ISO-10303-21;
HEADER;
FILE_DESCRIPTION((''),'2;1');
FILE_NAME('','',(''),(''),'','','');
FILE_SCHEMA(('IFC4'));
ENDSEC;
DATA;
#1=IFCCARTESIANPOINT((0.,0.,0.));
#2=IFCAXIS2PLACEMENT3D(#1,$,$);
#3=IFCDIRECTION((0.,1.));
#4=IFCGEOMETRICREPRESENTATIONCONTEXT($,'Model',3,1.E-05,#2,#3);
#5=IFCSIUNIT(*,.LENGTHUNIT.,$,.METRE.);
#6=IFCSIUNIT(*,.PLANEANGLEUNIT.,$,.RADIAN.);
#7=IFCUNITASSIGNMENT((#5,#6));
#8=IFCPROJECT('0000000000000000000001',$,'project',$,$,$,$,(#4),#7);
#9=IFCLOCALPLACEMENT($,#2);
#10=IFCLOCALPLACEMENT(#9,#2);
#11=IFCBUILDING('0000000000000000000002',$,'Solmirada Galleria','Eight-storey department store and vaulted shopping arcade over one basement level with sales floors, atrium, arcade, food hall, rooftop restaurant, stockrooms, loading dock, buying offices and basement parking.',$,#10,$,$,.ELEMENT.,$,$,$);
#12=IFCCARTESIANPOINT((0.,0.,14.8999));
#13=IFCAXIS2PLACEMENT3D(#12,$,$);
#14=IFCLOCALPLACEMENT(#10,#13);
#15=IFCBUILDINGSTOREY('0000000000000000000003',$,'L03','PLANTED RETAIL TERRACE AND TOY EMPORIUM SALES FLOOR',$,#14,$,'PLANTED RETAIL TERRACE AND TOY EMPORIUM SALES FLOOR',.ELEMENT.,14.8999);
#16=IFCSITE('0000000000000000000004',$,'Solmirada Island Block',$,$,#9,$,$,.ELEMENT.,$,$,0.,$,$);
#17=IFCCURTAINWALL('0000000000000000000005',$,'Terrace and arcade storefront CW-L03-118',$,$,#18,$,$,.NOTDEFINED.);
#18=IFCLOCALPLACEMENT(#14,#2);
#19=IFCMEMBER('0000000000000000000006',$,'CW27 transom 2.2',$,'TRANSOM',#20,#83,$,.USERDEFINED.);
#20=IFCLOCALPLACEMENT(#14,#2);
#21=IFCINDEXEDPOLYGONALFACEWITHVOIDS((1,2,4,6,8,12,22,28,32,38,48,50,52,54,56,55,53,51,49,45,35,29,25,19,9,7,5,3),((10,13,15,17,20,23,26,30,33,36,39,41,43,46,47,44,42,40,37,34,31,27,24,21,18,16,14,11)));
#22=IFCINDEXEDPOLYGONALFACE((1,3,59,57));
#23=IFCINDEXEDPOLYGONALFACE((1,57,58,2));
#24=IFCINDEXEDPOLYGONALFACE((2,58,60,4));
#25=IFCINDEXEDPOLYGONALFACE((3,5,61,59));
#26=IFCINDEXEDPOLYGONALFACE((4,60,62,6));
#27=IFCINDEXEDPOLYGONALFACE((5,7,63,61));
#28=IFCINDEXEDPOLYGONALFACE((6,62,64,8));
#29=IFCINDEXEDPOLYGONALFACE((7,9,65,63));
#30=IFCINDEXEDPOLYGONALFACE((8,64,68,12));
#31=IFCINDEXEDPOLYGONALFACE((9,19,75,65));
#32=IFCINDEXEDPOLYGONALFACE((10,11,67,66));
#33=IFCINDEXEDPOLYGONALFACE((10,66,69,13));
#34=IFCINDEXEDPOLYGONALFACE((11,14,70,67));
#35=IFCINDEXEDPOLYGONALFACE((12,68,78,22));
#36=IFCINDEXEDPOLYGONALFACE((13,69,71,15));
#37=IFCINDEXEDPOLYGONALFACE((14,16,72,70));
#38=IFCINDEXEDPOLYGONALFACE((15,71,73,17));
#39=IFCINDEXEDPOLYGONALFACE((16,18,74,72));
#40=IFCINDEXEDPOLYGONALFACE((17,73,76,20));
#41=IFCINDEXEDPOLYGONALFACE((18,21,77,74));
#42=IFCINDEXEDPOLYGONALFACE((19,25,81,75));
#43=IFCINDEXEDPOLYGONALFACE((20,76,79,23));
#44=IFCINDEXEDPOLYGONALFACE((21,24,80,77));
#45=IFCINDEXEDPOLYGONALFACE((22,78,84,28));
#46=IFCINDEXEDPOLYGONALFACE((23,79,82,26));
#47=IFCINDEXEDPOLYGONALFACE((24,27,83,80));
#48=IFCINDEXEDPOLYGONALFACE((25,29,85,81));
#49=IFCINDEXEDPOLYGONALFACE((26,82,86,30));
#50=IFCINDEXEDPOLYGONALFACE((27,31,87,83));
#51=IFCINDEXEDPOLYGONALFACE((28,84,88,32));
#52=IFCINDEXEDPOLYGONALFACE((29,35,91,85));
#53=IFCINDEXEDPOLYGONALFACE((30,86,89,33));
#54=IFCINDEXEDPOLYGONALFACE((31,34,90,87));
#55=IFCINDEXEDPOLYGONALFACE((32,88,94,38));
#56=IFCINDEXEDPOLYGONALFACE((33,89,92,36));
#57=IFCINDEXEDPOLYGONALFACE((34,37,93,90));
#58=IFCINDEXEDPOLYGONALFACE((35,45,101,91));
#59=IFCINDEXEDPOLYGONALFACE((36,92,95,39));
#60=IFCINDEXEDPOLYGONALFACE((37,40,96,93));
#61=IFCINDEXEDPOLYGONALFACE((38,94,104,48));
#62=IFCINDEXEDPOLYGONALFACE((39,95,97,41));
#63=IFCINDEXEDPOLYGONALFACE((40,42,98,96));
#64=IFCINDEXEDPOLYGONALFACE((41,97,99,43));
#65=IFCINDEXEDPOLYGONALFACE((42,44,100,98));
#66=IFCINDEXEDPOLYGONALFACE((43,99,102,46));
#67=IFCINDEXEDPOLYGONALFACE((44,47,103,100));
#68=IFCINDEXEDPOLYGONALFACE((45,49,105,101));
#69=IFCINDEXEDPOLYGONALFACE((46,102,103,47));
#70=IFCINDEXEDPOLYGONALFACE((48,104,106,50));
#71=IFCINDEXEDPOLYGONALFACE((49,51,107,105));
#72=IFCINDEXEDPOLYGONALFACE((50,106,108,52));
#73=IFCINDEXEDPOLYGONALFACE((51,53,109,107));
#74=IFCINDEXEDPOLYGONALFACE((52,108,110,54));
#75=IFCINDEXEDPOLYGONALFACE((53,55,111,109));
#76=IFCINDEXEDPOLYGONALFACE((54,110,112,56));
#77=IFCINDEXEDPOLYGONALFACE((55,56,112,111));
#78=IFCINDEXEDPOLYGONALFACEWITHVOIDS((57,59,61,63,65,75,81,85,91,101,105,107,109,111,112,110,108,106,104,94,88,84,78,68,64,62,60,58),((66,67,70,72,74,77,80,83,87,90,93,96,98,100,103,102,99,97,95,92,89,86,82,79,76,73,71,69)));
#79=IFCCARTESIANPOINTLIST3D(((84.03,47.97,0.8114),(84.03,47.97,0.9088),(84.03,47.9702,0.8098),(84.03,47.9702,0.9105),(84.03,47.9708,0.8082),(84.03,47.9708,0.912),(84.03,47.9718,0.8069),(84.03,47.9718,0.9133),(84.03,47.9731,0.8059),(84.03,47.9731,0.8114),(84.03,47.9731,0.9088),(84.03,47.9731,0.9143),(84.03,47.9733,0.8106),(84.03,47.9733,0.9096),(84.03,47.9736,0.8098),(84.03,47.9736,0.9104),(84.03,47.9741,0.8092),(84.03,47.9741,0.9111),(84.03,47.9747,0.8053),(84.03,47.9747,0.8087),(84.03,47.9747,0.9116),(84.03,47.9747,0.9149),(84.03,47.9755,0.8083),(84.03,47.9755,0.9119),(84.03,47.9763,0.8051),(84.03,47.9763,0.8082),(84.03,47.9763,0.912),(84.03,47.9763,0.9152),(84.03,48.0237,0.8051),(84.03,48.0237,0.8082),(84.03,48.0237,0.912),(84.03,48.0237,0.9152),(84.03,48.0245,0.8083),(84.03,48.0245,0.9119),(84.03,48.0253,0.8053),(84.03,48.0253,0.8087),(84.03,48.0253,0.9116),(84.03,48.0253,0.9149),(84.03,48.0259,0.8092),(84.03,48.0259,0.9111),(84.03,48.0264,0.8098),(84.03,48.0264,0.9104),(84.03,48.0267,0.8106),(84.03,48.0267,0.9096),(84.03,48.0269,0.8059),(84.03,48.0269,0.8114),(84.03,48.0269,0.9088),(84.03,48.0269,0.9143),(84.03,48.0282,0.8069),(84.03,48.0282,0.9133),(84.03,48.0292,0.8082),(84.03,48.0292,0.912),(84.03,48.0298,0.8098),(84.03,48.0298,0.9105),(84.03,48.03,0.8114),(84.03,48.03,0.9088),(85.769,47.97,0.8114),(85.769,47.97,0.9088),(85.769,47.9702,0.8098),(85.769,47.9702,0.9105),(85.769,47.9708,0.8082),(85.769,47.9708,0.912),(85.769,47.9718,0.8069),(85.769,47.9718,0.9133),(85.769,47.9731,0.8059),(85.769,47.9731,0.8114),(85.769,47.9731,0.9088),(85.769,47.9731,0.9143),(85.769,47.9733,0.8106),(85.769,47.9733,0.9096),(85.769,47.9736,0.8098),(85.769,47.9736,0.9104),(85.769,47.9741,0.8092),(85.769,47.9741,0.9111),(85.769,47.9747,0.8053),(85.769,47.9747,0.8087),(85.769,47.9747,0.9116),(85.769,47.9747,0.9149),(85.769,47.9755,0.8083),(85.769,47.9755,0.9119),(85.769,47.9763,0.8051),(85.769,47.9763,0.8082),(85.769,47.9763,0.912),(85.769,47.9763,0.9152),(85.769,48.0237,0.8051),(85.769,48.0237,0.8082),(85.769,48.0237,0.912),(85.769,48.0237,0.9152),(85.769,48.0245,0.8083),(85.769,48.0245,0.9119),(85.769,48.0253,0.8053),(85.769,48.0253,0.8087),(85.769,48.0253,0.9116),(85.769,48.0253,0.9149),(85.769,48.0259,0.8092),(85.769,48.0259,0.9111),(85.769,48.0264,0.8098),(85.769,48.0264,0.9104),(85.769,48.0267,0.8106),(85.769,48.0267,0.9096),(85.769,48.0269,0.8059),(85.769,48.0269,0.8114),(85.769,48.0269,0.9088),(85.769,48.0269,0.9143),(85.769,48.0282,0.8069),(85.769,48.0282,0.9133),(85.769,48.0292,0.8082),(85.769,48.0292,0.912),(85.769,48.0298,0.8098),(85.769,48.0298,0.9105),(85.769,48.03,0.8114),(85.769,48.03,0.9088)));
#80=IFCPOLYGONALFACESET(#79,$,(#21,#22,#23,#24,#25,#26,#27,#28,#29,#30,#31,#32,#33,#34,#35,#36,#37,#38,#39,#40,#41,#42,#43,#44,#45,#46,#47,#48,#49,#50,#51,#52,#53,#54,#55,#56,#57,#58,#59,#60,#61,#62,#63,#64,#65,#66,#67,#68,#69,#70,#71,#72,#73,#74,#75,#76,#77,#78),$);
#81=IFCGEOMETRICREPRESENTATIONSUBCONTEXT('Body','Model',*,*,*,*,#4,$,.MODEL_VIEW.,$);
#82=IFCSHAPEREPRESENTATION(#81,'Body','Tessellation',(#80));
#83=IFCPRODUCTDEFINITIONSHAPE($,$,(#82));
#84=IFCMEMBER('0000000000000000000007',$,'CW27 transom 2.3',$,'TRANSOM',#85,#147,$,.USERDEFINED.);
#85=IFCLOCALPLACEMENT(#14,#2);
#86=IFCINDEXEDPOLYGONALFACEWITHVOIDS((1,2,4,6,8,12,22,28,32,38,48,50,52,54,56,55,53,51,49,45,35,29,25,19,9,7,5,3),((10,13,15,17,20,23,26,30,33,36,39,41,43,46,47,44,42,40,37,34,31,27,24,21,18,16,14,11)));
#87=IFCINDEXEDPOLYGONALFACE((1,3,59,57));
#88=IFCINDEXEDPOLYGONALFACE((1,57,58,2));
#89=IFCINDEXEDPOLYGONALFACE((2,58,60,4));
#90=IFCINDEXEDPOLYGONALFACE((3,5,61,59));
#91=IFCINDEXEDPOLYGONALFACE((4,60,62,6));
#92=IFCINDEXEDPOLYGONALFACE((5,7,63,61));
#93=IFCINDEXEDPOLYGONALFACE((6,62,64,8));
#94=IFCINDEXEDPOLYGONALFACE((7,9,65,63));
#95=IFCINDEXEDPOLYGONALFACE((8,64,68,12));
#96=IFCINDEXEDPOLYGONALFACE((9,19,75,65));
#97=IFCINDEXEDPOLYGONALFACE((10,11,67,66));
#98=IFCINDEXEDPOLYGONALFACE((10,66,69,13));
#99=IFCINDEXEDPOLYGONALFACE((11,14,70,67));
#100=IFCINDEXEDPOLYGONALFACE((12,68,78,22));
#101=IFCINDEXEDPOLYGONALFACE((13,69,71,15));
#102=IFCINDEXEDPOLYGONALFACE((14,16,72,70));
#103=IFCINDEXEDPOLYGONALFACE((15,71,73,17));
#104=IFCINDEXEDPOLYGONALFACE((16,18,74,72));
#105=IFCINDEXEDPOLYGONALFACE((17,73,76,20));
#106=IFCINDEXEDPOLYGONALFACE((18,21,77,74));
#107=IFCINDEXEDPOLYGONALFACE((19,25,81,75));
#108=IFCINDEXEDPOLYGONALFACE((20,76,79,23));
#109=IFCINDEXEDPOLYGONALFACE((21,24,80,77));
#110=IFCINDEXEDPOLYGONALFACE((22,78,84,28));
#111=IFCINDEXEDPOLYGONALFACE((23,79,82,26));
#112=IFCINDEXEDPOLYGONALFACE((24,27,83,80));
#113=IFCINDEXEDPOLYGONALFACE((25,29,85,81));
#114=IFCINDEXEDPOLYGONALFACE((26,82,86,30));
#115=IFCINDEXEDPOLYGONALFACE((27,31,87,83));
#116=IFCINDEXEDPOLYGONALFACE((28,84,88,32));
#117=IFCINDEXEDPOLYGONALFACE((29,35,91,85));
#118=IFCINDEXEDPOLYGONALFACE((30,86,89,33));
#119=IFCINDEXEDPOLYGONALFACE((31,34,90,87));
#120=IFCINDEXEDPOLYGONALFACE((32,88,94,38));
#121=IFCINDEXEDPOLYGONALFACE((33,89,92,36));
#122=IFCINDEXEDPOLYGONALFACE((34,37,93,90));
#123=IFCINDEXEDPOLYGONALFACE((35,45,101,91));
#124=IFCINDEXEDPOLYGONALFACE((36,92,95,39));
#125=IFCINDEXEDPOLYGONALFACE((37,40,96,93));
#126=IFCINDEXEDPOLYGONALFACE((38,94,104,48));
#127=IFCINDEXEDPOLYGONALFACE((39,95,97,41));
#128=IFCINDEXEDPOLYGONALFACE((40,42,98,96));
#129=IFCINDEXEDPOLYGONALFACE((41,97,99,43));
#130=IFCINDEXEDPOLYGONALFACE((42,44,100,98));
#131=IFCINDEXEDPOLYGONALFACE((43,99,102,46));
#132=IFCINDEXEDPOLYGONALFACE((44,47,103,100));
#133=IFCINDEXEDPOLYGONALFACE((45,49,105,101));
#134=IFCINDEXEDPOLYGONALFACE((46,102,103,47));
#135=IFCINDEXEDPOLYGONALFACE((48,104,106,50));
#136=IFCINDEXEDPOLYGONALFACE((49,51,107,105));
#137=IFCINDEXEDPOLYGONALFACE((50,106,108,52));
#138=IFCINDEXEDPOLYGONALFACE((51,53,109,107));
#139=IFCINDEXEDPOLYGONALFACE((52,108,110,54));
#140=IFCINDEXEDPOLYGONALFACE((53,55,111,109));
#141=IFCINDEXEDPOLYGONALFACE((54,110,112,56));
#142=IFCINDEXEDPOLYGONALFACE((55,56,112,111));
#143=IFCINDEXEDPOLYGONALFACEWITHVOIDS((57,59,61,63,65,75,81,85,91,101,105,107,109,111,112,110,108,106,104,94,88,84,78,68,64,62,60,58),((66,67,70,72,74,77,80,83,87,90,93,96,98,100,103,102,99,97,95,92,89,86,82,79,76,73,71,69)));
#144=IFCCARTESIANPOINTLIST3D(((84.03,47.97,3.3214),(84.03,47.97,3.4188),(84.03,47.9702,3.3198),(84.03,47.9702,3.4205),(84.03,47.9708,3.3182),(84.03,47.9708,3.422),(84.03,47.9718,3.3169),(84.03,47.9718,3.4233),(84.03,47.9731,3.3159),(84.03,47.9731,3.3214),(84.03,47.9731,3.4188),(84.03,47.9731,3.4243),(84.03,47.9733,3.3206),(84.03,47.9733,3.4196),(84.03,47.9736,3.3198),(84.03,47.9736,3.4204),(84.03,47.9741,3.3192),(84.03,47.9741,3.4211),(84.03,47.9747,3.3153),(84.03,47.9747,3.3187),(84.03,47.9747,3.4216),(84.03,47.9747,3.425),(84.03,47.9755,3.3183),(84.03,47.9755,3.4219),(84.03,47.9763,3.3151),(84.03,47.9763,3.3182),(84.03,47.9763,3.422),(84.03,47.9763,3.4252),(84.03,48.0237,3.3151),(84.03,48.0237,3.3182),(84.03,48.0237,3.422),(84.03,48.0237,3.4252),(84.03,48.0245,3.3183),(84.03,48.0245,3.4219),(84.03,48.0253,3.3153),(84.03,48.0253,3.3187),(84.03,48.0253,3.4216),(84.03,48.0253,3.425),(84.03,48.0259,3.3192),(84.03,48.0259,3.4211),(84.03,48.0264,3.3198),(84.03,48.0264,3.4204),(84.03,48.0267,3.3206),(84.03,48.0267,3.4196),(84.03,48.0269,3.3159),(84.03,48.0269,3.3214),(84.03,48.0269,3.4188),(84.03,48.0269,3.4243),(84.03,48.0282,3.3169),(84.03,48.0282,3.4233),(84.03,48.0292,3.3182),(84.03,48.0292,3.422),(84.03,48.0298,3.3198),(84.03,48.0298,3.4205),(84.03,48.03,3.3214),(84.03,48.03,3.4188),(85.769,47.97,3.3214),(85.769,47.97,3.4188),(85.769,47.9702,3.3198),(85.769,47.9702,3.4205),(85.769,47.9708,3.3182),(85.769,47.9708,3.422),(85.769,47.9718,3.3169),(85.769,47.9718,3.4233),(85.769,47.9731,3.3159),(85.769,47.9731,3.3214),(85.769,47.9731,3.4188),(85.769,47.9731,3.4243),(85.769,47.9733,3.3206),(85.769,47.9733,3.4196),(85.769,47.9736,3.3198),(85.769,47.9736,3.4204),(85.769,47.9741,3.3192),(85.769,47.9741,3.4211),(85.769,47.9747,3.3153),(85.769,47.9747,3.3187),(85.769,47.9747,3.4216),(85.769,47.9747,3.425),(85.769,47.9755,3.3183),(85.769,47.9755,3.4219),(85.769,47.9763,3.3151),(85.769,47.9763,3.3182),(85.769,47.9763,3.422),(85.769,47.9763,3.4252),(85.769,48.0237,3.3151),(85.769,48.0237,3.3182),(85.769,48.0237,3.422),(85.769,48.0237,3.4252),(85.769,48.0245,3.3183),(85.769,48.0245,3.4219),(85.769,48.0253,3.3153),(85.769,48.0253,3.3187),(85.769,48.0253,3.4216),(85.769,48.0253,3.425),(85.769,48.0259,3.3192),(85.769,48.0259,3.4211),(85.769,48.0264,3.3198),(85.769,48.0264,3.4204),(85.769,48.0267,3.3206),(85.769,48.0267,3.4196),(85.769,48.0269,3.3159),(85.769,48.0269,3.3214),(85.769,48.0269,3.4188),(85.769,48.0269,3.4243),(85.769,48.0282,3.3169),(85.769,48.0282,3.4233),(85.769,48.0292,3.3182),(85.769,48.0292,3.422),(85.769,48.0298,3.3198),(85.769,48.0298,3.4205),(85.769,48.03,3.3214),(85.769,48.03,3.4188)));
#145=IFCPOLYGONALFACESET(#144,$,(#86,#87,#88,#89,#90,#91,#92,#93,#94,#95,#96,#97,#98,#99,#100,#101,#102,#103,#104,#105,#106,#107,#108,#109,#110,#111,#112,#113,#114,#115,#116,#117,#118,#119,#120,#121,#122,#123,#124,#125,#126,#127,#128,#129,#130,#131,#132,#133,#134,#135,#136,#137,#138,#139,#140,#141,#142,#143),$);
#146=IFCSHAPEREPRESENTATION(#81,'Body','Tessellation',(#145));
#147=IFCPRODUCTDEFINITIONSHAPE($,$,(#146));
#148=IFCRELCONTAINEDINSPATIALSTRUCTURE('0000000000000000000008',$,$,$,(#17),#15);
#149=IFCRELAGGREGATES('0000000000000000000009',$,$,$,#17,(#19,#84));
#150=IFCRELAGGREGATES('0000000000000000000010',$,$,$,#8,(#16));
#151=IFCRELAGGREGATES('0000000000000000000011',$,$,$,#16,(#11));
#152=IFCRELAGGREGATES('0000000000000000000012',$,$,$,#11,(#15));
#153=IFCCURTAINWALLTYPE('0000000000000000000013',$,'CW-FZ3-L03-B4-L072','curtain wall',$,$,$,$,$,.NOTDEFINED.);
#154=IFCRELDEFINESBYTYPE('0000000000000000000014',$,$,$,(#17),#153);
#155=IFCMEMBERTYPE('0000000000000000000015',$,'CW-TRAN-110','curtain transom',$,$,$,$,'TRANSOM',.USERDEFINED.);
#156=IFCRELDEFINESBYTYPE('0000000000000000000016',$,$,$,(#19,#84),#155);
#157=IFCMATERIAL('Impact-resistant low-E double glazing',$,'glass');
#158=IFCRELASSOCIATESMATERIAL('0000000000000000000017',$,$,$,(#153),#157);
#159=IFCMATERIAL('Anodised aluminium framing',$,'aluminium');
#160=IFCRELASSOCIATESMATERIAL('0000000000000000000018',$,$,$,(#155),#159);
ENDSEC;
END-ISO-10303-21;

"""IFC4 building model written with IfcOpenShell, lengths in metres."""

from ifc_helpers import new_model, si_unit, direction, frame, origin, origin_2d, place, context, subcontext, project, spatial, hollow_rectangle, extrude, material, material_profile, profile_set, type_object, element, aggregate, save


model = new_model("IFC4")

# Units and contexts
model_context = context("Model", 3, precision=1e-05, world=origin(), true_north=direction((0.0, 1.0)))
body_context = subcontext(model_context, "Body", "Model", "MODEL_VIEW")
ifc_project = project(units=[si_unit("LENGTHUNIT", "METRE"), si_unit("PLANEANGLEUNIT", "RADIAN")], contexts=[model_context])

# Site, building, storey
site_placement = place(None, origin())
site = spatial("IfcSite", under=ifc_project, at=site_placement, Name="Solmirada Island Block", CompositionType="ELEMENT", RefElevation=0.0)
building_placement = place(site_placement, origin())
building = spatial("IfcBuilding", under=site, at=building_placement, Name="Solmirada Galleria", Description="Eight-storey department store and vaulted shopping arcade over one basement level with sales floors, atrium, arcade, food hall, rooftop restaurant, stockrooms, loading dock, buying offices and basement parking.", CompositionType="ELEMENT")
storey_placement = place(building_placement, frame((0.0, 0.0, 14.8999)))
storey = spatial("IfcBuildingStorey", under=building, at=storey_placement, Name="L03", Description="PLANTED RETAIL TERRACE AND TOY EMPORIUM SALES FLOOR", LongName="PLANTED RETAIL TERRACE AND TOY EMPORIUM SALES FLOOR", CompositionType="ELEMENT", Elevation=14.8999)

# Curtain wall
ifc_material_1 = material(Name="Impact-resistant low-E double glazing", Category="glass")
curtain_wall_type = type_object("IfcCurtainWallType", Name="CW-FZ3-L03-B4-L072", Description="curtain wall", PredefinedType="NOTDEFINED", material=ifc_material_1)
curtain_wall_1_placement = place(storey_placement, origin())
curtain_wall_1 = element("IfcCurtainWall", 1, at=curtain_wall_1_placement, inside=storey, type_object=curtain_wall_type, Name="Terrace and arcade storefront CW-L03-118", PredefinedType="NOTDEFINED")
ifc_material_2 = material(Name="Anodised aluminium framing", Category="aluminium")

# Members
ifc_material_profile_1 = material_profile(ifc_material_2, hollow_rectangle(XDim=0.0601, YDim=0.1101, WallThickness=0.0032, InnerFilletRadius=0.0032, OuterFilletRadius=0.0063, at=origin_2d()), Name="ALU-TRAN-110X60")
ifc_profile_set_1 = profile_set([ifc_material_profile_1], Name="Anodised aluminium framing")
member_type_1 = type_object("IfcMemberType", Name="CW-TRAN-110", Description="curtain transom", ElementType="TRANSOM", PredefinedType="USERDEFINED", material=ifc_profile_set_1)
member_1_placement = place(storey_placement, frame((85.769, 48.0, 0.8601), z_axis=(-1.0, 0.0, 0.0), x_axis=(0.0, -1.0, 0.0)))
member_1 = element("IfcMember", 2, at=member_1_placement, type_object=member_type_1, Name="CW27 transom 2.2", ObjectType="TRANSOM", PredefinedType="USERDEFINED", context=body_context, shape_type="SweptSolid", body=[
    extrude(hollow_rectangle(XDim=0.0601, YDim=0.1101, WallThickness=0.0032, InnerFilletRadius=0.0032, OuterFilletRadius=0.0063, at=origin_2d()), origin(), (0.0, 0.0, 1.0), 1.739),
])
member_2_placement = place(storey_placement, frame((85.769, 48.0, 3.3701), z_axis=(-1.0, 0.0, 0.0), x_axis=(0.0, -1.0, 0.0)))
member_2 = element("IfcMember", 3, at=member_2_placement, type_object=member_type_1, Name="CW27 transom 2.3", ObjectType="TRANSOM", PredefinedType="USERDEFINED", context=body_context, shape_type="SweptSolid", body=[
    extrude(hollow_rectangle(XDim=0.0601, YDim=0.1101, WallThickness=0.0032, InnerFilletRadius=0.0032, OuterFilletRadius=0.0063, at=origin_2d()), origin(), (0.0, 0.0, 1.0), 1.739),
])

aggregate(curtain_wall_1, [member_1, member_2])

save(model, "model.ifc")
